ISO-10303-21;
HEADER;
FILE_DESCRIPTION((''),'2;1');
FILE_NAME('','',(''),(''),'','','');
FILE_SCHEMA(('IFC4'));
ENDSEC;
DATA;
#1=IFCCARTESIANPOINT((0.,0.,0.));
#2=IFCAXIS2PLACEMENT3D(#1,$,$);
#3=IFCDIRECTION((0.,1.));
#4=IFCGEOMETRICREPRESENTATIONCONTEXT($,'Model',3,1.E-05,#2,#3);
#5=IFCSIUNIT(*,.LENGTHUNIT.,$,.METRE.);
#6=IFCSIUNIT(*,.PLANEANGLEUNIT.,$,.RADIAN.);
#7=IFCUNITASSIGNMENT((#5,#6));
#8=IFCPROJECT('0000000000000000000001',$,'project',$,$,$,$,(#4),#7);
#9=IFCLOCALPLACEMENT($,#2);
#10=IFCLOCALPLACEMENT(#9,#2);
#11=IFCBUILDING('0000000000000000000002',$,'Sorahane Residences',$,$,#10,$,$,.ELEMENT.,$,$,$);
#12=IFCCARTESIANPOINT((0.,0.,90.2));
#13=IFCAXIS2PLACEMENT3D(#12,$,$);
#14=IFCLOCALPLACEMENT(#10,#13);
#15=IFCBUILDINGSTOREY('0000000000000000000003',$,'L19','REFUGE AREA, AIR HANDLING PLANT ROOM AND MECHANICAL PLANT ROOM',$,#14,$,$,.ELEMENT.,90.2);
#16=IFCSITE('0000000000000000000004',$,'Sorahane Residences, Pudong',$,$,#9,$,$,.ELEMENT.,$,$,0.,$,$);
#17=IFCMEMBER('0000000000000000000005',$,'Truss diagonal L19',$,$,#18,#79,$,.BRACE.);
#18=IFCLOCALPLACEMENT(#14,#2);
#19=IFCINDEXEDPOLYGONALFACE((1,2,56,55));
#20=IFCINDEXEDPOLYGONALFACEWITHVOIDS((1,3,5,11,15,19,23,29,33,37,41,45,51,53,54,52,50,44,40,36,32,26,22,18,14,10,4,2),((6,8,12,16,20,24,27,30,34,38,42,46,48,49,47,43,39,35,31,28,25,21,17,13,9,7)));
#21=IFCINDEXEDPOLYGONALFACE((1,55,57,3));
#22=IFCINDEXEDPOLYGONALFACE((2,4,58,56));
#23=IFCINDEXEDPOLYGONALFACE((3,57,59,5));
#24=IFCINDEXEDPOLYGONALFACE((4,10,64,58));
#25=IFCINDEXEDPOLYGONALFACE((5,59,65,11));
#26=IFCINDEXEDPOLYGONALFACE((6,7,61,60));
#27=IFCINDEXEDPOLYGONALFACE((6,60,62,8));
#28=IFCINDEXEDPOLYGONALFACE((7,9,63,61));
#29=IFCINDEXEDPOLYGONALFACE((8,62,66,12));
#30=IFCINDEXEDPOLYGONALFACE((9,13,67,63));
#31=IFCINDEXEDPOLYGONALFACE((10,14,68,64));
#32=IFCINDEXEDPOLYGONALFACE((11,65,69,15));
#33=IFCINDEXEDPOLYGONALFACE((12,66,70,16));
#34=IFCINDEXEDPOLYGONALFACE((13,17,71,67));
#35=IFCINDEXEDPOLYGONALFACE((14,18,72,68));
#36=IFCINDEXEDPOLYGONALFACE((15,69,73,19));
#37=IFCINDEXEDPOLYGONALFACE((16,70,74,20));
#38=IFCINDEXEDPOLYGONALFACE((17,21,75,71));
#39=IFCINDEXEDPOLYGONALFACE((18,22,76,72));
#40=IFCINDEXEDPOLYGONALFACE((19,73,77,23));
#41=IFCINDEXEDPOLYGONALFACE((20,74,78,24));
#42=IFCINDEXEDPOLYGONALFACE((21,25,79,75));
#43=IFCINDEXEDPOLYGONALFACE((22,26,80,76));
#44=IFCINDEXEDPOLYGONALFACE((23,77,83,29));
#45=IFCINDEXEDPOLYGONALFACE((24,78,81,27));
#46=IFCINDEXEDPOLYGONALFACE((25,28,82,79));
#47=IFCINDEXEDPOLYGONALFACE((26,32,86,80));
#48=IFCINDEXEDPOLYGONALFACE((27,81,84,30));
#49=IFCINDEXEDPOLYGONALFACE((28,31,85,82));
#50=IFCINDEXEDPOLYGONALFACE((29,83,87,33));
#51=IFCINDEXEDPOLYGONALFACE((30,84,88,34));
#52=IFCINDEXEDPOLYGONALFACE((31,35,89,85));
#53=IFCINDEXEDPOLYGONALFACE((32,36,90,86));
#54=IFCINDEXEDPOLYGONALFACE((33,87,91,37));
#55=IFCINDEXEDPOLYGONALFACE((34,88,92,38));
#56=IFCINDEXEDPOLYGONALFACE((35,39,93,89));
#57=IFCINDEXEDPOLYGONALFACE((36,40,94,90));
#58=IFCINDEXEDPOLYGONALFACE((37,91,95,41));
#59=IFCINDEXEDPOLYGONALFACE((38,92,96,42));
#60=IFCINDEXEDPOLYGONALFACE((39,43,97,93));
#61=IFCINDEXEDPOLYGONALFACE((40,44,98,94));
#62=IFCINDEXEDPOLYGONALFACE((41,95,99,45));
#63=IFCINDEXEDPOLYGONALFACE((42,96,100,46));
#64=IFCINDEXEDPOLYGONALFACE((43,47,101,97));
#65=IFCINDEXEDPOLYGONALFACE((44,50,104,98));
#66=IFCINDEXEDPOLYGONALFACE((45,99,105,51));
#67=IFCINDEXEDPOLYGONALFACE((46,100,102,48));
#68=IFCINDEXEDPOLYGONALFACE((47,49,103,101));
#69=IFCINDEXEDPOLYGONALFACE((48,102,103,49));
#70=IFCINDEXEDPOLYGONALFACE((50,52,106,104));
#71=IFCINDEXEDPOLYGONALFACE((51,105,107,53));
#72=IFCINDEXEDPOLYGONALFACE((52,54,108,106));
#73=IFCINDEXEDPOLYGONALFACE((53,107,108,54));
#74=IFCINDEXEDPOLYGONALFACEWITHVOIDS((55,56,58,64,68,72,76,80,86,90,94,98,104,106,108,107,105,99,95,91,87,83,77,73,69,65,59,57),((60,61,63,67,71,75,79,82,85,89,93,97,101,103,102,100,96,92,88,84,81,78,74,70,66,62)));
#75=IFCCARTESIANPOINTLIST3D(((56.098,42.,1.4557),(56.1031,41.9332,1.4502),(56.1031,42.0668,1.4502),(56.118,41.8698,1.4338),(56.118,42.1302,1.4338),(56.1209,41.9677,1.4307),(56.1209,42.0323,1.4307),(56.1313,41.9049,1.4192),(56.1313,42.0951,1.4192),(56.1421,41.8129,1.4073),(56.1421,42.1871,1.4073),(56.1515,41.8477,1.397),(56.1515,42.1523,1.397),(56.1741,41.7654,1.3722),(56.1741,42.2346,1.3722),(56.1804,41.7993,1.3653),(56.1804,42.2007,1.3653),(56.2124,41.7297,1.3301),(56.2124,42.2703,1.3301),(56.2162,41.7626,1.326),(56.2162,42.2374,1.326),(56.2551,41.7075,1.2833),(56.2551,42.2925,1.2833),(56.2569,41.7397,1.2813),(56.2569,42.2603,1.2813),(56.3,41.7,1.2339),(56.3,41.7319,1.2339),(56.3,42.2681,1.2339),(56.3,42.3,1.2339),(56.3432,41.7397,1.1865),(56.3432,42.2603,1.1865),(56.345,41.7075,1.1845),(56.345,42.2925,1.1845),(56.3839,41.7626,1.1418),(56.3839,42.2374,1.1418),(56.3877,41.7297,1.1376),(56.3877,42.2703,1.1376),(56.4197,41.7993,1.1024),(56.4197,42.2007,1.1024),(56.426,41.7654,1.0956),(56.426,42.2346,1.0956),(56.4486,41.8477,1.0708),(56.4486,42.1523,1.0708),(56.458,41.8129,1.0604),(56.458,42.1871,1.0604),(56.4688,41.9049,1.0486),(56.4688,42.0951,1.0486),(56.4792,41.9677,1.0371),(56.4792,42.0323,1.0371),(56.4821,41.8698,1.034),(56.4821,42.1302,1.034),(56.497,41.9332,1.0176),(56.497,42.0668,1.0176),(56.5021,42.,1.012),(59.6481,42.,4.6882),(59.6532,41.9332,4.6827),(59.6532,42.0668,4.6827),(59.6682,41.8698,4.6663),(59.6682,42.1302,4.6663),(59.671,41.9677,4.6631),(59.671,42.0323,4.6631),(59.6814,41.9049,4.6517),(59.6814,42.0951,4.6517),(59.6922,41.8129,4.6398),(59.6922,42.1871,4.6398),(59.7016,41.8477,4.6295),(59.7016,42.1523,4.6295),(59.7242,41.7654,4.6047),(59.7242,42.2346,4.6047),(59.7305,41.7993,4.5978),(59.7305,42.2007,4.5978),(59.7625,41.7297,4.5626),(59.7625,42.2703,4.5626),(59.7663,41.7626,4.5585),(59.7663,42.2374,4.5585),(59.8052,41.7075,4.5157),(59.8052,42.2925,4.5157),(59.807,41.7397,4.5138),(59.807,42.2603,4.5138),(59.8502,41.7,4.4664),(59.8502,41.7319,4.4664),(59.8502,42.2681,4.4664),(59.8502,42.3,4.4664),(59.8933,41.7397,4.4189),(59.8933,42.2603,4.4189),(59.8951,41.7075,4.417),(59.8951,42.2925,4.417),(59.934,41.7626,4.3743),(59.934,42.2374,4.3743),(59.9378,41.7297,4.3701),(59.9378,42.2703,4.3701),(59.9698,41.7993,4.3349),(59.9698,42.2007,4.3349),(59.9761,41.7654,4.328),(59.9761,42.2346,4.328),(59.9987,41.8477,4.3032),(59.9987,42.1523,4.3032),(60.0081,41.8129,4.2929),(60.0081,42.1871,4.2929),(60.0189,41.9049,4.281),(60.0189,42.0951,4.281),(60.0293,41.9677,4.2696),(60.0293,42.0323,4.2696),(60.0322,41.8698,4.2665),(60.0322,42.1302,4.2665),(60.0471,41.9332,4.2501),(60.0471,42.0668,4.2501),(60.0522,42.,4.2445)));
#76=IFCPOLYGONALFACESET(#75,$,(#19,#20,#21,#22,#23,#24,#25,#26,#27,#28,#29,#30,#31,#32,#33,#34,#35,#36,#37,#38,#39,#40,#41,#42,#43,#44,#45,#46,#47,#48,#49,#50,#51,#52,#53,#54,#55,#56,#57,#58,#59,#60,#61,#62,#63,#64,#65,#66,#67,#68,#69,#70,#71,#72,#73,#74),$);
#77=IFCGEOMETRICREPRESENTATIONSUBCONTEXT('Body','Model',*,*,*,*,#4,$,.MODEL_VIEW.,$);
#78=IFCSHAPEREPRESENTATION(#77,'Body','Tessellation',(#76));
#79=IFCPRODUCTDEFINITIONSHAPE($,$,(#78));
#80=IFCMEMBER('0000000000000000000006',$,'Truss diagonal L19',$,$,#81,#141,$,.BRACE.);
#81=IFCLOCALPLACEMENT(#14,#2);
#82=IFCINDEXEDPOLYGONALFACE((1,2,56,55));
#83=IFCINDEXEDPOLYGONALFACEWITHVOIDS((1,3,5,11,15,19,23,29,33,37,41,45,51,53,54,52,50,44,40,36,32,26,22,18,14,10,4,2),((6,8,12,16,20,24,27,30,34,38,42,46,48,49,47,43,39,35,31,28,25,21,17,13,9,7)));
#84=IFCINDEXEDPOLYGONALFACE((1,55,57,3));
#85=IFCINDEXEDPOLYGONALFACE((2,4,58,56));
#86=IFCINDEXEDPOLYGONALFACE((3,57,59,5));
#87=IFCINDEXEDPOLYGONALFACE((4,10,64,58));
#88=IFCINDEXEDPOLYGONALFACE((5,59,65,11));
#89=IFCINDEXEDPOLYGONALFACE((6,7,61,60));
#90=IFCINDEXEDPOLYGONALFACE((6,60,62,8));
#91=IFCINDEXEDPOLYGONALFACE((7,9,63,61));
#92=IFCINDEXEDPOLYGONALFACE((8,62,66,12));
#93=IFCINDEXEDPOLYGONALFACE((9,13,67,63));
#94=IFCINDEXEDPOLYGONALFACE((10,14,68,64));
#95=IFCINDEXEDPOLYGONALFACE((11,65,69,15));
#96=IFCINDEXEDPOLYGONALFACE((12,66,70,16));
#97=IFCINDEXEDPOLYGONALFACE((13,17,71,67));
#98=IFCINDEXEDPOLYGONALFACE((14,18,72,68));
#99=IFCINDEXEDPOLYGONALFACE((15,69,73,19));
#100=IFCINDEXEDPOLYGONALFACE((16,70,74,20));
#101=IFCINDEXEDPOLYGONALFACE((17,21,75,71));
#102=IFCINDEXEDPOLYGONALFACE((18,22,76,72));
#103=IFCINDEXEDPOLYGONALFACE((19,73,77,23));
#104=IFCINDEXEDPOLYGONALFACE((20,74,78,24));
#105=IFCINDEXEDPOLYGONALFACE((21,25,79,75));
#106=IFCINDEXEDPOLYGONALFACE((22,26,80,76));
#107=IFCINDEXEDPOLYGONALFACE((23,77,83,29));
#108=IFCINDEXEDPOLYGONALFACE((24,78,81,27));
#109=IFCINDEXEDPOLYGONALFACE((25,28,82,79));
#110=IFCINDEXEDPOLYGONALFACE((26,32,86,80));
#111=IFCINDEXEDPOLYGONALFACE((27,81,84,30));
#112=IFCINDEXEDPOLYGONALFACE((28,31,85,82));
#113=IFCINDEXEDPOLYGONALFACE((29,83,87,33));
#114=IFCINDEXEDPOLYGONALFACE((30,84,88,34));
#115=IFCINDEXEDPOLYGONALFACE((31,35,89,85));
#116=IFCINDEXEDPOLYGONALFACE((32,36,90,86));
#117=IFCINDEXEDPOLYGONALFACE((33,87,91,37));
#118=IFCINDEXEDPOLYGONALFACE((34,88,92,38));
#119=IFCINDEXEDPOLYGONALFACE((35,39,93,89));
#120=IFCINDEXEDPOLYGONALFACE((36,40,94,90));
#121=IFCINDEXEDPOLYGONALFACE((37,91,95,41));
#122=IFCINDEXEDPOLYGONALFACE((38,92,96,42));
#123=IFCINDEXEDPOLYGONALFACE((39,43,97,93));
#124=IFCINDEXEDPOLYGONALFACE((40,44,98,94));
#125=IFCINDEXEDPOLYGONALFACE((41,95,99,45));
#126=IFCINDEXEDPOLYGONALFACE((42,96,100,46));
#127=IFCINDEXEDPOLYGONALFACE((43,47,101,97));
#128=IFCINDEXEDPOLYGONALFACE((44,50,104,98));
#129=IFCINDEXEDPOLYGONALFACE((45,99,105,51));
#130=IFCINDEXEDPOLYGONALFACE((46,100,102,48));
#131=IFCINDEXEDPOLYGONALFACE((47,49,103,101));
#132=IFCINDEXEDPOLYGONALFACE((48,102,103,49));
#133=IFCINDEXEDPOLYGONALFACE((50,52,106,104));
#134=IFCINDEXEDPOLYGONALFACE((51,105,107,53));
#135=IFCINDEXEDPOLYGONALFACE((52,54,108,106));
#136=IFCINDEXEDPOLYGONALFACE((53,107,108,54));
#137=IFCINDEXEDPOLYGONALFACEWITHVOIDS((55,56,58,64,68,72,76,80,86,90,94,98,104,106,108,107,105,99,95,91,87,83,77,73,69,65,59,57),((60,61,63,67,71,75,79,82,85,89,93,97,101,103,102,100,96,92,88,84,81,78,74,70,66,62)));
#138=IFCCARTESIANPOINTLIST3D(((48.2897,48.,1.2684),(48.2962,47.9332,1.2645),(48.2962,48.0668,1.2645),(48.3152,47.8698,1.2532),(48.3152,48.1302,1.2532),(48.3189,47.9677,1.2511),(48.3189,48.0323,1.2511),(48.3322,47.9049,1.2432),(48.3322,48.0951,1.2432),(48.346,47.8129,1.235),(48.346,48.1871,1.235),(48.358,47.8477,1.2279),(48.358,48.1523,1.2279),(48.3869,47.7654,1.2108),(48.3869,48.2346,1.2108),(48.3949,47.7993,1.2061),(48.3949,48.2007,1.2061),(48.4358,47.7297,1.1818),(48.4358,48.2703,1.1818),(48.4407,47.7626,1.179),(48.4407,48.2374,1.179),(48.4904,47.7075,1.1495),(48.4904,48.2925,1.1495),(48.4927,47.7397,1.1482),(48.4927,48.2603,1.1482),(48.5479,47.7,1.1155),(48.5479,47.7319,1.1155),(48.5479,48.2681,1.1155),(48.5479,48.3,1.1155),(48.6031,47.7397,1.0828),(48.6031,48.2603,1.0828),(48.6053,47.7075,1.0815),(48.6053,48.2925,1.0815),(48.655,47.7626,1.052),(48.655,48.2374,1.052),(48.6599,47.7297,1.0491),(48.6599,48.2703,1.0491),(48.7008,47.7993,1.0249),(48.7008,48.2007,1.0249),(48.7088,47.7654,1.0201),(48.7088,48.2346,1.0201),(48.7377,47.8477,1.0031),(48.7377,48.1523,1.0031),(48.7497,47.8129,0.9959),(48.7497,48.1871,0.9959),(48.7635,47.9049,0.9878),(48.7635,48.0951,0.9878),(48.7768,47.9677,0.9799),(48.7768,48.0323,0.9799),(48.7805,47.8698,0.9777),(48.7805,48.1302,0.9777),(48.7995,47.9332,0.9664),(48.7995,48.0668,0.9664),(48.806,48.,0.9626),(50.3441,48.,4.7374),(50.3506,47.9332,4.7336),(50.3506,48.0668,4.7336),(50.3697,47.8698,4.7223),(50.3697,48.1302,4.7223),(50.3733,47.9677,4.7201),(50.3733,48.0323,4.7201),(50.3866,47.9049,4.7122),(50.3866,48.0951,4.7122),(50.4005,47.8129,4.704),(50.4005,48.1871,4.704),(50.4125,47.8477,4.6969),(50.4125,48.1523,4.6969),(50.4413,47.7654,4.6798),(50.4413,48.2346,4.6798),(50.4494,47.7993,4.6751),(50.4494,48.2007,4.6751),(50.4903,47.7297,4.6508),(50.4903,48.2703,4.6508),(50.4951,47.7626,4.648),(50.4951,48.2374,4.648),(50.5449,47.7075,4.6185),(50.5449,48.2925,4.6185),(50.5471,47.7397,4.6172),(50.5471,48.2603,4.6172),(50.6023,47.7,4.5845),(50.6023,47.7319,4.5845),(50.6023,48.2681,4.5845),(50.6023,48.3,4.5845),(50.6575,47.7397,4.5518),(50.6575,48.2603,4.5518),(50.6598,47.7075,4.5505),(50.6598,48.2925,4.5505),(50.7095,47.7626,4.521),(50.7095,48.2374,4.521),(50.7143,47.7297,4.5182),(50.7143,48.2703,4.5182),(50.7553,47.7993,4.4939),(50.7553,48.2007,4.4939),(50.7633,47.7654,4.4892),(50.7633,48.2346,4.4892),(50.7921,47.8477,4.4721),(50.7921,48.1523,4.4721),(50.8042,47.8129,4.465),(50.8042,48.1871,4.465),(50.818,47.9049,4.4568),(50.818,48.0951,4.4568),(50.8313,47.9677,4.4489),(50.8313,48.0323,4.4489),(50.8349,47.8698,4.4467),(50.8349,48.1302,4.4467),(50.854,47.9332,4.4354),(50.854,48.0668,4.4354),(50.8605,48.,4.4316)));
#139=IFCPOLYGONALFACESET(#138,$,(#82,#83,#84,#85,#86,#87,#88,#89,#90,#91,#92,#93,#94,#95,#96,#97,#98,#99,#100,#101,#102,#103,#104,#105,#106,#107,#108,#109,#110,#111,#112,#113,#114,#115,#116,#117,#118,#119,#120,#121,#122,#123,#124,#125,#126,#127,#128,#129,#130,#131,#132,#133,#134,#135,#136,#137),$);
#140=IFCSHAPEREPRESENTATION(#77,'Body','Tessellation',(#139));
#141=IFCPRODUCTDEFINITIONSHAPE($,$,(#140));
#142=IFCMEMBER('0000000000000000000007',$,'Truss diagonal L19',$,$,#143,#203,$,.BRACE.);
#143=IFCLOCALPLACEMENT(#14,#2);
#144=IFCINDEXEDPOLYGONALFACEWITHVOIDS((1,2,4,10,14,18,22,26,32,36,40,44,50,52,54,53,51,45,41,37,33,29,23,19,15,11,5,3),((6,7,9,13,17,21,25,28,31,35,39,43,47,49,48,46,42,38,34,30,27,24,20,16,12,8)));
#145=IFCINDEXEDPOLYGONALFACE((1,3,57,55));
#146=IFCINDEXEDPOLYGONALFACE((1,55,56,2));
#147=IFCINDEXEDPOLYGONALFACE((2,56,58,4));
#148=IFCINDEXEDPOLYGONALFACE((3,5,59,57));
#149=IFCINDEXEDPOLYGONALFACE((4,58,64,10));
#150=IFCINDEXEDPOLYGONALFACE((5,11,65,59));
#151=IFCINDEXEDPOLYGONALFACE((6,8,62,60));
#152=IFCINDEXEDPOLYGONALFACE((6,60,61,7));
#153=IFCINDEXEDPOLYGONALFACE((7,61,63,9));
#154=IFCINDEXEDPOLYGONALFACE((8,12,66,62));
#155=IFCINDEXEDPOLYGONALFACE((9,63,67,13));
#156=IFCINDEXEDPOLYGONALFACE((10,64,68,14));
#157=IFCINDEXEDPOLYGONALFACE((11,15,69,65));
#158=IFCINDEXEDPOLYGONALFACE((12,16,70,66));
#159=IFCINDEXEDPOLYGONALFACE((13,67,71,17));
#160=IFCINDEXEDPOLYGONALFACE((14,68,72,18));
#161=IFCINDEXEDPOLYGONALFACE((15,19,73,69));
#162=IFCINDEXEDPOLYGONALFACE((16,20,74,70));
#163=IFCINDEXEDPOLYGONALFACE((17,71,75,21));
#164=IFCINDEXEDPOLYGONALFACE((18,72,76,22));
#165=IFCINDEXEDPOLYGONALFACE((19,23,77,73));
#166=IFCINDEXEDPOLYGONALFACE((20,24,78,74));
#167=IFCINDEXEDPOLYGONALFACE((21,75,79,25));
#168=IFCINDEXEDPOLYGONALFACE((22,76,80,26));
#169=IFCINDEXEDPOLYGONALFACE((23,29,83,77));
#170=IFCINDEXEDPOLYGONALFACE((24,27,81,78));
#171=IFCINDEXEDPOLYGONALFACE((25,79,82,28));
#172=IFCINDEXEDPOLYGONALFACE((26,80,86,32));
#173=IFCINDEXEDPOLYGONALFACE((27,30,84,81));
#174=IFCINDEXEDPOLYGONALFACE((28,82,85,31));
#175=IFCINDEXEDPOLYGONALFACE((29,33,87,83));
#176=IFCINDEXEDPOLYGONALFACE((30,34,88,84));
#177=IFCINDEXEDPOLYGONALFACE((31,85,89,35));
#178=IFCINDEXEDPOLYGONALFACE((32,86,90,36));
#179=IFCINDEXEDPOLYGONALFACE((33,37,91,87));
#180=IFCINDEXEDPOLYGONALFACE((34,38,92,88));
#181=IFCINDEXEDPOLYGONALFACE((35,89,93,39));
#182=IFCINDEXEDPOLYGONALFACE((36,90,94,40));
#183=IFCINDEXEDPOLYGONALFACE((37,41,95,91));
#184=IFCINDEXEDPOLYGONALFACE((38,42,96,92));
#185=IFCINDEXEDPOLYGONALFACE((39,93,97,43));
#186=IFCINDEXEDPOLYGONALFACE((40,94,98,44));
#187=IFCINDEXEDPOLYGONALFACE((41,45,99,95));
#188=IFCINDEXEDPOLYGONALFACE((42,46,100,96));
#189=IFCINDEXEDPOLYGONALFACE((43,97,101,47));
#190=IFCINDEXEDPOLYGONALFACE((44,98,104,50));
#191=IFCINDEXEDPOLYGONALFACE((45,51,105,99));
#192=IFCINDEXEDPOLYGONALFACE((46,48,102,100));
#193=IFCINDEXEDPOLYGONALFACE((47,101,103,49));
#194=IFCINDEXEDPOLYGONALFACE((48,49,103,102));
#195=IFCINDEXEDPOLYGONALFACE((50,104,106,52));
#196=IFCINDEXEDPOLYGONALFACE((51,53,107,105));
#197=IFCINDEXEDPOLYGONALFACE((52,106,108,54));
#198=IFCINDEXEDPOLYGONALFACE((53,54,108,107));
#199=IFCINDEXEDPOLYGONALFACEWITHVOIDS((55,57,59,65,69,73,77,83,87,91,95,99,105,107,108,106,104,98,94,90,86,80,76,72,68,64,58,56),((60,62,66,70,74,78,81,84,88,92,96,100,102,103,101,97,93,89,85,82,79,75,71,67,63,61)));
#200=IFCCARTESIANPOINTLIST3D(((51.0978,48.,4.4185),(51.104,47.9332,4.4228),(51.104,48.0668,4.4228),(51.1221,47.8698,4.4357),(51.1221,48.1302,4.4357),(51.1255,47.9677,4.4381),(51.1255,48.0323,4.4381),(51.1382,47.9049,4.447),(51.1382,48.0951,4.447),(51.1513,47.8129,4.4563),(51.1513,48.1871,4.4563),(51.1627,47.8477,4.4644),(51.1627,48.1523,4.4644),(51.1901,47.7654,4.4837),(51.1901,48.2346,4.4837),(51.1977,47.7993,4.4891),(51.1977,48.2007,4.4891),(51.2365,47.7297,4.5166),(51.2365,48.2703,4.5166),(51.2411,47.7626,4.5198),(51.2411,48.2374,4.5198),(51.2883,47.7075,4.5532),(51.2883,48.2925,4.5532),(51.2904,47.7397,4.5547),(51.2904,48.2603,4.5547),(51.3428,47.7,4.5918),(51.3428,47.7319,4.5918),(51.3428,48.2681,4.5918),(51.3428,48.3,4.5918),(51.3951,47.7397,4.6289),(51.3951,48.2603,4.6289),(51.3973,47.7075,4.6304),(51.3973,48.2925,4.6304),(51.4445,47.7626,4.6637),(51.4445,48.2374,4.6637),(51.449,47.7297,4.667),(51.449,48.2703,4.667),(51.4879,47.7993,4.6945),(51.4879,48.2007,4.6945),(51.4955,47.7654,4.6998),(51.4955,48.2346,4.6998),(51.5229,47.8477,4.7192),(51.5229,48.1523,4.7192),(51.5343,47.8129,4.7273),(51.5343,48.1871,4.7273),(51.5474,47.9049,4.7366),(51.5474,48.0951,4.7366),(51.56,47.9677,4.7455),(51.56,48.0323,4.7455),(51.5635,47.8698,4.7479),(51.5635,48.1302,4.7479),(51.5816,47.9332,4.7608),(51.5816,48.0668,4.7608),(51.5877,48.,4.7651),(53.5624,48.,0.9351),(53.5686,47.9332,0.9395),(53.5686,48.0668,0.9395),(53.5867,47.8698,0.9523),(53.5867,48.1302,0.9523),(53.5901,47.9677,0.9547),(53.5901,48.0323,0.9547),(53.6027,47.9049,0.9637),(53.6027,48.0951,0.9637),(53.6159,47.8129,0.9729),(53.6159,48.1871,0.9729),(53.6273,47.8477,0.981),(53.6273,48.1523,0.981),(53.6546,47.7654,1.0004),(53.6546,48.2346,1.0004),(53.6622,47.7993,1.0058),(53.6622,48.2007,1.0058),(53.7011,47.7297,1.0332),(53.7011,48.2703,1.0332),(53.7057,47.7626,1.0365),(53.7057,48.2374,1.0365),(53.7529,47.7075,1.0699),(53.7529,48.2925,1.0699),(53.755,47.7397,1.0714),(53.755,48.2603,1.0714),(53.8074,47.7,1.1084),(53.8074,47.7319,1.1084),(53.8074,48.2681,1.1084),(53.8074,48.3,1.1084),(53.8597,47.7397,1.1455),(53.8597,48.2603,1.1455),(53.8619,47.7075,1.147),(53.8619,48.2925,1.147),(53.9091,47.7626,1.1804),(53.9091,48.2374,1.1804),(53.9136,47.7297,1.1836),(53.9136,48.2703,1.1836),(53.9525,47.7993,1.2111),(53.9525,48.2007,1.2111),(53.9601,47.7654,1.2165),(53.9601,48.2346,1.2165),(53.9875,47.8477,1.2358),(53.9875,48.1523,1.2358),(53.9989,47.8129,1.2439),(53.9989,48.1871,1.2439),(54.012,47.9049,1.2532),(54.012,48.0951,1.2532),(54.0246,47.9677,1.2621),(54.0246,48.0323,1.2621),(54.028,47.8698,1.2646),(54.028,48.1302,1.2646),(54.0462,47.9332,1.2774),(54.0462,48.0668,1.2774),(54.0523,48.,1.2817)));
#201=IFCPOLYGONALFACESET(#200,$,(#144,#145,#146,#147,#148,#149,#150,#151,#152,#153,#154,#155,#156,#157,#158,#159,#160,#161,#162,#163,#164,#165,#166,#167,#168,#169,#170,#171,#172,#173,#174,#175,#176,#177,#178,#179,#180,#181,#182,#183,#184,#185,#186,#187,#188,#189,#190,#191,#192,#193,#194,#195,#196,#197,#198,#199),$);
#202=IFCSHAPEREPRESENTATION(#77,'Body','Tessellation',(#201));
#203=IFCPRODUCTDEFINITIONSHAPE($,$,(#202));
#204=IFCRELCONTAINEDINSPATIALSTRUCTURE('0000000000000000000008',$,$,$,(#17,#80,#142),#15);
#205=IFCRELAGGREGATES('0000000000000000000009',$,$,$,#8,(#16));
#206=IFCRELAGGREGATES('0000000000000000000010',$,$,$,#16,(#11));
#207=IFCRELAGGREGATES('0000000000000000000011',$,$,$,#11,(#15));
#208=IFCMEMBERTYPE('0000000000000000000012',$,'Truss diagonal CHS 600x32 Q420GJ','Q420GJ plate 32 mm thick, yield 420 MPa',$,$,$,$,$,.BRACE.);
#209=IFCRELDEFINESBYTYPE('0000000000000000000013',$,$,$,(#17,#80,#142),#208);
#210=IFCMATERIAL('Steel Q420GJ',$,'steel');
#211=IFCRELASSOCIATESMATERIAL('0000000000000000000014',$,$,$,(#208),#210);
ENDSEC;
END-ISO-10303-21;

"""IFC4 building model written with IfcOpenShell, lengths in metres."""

from ifc_helpers import new_model, si_unit, direction, frame, origin, origin_2d, place, context, subcontext, project, spatial, hollow_circle, extrude, material, material_profile, profile_set, type_object, element, save


model = new_model("IFC4")

# Units and contexts
model_context = context("Model", 3, precision=1e-05, world=origin(), true_north=direction((0.0, 1.0)))
body_context = subcontext(model_context, "Body", "Model", "MODEL_VIEW")
ifc_project = project(units=[si_unit("LENGTHUNIT", "METRE"), si_unit("PLANEANGLEUNIT", "RADIAN")], contexts=[model_context])

# Site, building, storey
site_placement = place(None, origin())
site = spatial("IfcSite", under=ifc_project, at=site_placement, Name="Sorahane Residences, Pudong", CompositionType="ELEMENT", RefElevation=0.0)
building_placement = place(site_placement, origin())
building = spatial("IfcBuilding", under=site, at=building_placement, Name="Sorahane Residences", CompositionType="ELEMENT")
storey_placement = place(building_placement, frame((0.0, 0.0, 90.2)))
storey = spatial("IfcBuildingStorey", under=building, at=storey_placement, Name="L19", Description="REFUGE AREA, AIR HANDLING PLANT ROOM AND MECHANICAL PLANT ROOM", CompositionType="ELEMENT", Elevation=90.2)

# Members
ifc_material_1 = material(Name="Steel Q420GJ", Category="steel")
ifc_material_profile_1 = material_profile(ifc_material_1, hollow_circle(Radius=0.3, WallThickness=0.032, at=origin_2d()), Name="CHS 600x32")
ifc_profile_set_1 = profile_set([ifc_material_profile_1], Name="Steel Q420GJ")
member_type = type_object("IfcMemberType", Name="Truss diagonal CHS 600x32 Q420GJ", Description="Q420GJ plate 32 mm thick, yield 420 MPa", PredefinedType="BRACE", material=ifc_profile_set_1)
member_1_placement = place(storey_placement, frame((56.3, 42.0, 1.2339), z_axis=(0.739411, 0.0, 0.673255), x_axis=(0.0, 1.0, 0.0)))
element("IfcMember", 1, at=member_1_placement, inside=storey, type_object=member_type, Name="Truss diagonal L19", PredefinedType="BRACE", context=body_context, shape_type="SweptSolid", body=[
    extrude(hollow_circle(Radius=0.3, WallThickness=0.032, at=origin_2d()), origin(), (0.0, 0.0, 1.0), 4.8013),
])
member_2_placement = place(storey_placement, frame((48.5479, 48.0, 1.1155), z_axis=(0.509572, 0.0, 0.860428), x_axis=(0.0, 1.0, 0.0)))
element("IfcMember", 2, at=member_2_placement, inside=storey, type_object=member_type, Name="Truss diagonal L19", PredefinedType="BRACE", context=body_context, shape_type="SweptSolid", body=[
    extrude(hollow_circle(Radius=0.3, WallThickness=0.032, at=origin_2d()), origin(), (0.0, 0.0, 1.0), 4.0317),
])
for number, where, z_axis, x_axis, name in (
    (3, (51.3428, 48.0, 4.5918), (0.577579, 0.0, -0.816335), (0.0, 1.0, 0.0), "Truss diagonal L19"),
):
    element("IfcMember", number, at=place(storey_placement, frame(where, z_axis=z_axis, x_axis=x_axis)), inside=storey, type_object=member_type, Name=name, PredefinedType="BRACE", context=body_context, shape_type="SweptSolid", body=[
        extrude(hollow_circle(Radius=0.3, WallThickness=0.032, at=origin_2d()), origin(), (0.0, 0.0, 1.0), 4.2671),
    ])

save(model, "model.ifc")
